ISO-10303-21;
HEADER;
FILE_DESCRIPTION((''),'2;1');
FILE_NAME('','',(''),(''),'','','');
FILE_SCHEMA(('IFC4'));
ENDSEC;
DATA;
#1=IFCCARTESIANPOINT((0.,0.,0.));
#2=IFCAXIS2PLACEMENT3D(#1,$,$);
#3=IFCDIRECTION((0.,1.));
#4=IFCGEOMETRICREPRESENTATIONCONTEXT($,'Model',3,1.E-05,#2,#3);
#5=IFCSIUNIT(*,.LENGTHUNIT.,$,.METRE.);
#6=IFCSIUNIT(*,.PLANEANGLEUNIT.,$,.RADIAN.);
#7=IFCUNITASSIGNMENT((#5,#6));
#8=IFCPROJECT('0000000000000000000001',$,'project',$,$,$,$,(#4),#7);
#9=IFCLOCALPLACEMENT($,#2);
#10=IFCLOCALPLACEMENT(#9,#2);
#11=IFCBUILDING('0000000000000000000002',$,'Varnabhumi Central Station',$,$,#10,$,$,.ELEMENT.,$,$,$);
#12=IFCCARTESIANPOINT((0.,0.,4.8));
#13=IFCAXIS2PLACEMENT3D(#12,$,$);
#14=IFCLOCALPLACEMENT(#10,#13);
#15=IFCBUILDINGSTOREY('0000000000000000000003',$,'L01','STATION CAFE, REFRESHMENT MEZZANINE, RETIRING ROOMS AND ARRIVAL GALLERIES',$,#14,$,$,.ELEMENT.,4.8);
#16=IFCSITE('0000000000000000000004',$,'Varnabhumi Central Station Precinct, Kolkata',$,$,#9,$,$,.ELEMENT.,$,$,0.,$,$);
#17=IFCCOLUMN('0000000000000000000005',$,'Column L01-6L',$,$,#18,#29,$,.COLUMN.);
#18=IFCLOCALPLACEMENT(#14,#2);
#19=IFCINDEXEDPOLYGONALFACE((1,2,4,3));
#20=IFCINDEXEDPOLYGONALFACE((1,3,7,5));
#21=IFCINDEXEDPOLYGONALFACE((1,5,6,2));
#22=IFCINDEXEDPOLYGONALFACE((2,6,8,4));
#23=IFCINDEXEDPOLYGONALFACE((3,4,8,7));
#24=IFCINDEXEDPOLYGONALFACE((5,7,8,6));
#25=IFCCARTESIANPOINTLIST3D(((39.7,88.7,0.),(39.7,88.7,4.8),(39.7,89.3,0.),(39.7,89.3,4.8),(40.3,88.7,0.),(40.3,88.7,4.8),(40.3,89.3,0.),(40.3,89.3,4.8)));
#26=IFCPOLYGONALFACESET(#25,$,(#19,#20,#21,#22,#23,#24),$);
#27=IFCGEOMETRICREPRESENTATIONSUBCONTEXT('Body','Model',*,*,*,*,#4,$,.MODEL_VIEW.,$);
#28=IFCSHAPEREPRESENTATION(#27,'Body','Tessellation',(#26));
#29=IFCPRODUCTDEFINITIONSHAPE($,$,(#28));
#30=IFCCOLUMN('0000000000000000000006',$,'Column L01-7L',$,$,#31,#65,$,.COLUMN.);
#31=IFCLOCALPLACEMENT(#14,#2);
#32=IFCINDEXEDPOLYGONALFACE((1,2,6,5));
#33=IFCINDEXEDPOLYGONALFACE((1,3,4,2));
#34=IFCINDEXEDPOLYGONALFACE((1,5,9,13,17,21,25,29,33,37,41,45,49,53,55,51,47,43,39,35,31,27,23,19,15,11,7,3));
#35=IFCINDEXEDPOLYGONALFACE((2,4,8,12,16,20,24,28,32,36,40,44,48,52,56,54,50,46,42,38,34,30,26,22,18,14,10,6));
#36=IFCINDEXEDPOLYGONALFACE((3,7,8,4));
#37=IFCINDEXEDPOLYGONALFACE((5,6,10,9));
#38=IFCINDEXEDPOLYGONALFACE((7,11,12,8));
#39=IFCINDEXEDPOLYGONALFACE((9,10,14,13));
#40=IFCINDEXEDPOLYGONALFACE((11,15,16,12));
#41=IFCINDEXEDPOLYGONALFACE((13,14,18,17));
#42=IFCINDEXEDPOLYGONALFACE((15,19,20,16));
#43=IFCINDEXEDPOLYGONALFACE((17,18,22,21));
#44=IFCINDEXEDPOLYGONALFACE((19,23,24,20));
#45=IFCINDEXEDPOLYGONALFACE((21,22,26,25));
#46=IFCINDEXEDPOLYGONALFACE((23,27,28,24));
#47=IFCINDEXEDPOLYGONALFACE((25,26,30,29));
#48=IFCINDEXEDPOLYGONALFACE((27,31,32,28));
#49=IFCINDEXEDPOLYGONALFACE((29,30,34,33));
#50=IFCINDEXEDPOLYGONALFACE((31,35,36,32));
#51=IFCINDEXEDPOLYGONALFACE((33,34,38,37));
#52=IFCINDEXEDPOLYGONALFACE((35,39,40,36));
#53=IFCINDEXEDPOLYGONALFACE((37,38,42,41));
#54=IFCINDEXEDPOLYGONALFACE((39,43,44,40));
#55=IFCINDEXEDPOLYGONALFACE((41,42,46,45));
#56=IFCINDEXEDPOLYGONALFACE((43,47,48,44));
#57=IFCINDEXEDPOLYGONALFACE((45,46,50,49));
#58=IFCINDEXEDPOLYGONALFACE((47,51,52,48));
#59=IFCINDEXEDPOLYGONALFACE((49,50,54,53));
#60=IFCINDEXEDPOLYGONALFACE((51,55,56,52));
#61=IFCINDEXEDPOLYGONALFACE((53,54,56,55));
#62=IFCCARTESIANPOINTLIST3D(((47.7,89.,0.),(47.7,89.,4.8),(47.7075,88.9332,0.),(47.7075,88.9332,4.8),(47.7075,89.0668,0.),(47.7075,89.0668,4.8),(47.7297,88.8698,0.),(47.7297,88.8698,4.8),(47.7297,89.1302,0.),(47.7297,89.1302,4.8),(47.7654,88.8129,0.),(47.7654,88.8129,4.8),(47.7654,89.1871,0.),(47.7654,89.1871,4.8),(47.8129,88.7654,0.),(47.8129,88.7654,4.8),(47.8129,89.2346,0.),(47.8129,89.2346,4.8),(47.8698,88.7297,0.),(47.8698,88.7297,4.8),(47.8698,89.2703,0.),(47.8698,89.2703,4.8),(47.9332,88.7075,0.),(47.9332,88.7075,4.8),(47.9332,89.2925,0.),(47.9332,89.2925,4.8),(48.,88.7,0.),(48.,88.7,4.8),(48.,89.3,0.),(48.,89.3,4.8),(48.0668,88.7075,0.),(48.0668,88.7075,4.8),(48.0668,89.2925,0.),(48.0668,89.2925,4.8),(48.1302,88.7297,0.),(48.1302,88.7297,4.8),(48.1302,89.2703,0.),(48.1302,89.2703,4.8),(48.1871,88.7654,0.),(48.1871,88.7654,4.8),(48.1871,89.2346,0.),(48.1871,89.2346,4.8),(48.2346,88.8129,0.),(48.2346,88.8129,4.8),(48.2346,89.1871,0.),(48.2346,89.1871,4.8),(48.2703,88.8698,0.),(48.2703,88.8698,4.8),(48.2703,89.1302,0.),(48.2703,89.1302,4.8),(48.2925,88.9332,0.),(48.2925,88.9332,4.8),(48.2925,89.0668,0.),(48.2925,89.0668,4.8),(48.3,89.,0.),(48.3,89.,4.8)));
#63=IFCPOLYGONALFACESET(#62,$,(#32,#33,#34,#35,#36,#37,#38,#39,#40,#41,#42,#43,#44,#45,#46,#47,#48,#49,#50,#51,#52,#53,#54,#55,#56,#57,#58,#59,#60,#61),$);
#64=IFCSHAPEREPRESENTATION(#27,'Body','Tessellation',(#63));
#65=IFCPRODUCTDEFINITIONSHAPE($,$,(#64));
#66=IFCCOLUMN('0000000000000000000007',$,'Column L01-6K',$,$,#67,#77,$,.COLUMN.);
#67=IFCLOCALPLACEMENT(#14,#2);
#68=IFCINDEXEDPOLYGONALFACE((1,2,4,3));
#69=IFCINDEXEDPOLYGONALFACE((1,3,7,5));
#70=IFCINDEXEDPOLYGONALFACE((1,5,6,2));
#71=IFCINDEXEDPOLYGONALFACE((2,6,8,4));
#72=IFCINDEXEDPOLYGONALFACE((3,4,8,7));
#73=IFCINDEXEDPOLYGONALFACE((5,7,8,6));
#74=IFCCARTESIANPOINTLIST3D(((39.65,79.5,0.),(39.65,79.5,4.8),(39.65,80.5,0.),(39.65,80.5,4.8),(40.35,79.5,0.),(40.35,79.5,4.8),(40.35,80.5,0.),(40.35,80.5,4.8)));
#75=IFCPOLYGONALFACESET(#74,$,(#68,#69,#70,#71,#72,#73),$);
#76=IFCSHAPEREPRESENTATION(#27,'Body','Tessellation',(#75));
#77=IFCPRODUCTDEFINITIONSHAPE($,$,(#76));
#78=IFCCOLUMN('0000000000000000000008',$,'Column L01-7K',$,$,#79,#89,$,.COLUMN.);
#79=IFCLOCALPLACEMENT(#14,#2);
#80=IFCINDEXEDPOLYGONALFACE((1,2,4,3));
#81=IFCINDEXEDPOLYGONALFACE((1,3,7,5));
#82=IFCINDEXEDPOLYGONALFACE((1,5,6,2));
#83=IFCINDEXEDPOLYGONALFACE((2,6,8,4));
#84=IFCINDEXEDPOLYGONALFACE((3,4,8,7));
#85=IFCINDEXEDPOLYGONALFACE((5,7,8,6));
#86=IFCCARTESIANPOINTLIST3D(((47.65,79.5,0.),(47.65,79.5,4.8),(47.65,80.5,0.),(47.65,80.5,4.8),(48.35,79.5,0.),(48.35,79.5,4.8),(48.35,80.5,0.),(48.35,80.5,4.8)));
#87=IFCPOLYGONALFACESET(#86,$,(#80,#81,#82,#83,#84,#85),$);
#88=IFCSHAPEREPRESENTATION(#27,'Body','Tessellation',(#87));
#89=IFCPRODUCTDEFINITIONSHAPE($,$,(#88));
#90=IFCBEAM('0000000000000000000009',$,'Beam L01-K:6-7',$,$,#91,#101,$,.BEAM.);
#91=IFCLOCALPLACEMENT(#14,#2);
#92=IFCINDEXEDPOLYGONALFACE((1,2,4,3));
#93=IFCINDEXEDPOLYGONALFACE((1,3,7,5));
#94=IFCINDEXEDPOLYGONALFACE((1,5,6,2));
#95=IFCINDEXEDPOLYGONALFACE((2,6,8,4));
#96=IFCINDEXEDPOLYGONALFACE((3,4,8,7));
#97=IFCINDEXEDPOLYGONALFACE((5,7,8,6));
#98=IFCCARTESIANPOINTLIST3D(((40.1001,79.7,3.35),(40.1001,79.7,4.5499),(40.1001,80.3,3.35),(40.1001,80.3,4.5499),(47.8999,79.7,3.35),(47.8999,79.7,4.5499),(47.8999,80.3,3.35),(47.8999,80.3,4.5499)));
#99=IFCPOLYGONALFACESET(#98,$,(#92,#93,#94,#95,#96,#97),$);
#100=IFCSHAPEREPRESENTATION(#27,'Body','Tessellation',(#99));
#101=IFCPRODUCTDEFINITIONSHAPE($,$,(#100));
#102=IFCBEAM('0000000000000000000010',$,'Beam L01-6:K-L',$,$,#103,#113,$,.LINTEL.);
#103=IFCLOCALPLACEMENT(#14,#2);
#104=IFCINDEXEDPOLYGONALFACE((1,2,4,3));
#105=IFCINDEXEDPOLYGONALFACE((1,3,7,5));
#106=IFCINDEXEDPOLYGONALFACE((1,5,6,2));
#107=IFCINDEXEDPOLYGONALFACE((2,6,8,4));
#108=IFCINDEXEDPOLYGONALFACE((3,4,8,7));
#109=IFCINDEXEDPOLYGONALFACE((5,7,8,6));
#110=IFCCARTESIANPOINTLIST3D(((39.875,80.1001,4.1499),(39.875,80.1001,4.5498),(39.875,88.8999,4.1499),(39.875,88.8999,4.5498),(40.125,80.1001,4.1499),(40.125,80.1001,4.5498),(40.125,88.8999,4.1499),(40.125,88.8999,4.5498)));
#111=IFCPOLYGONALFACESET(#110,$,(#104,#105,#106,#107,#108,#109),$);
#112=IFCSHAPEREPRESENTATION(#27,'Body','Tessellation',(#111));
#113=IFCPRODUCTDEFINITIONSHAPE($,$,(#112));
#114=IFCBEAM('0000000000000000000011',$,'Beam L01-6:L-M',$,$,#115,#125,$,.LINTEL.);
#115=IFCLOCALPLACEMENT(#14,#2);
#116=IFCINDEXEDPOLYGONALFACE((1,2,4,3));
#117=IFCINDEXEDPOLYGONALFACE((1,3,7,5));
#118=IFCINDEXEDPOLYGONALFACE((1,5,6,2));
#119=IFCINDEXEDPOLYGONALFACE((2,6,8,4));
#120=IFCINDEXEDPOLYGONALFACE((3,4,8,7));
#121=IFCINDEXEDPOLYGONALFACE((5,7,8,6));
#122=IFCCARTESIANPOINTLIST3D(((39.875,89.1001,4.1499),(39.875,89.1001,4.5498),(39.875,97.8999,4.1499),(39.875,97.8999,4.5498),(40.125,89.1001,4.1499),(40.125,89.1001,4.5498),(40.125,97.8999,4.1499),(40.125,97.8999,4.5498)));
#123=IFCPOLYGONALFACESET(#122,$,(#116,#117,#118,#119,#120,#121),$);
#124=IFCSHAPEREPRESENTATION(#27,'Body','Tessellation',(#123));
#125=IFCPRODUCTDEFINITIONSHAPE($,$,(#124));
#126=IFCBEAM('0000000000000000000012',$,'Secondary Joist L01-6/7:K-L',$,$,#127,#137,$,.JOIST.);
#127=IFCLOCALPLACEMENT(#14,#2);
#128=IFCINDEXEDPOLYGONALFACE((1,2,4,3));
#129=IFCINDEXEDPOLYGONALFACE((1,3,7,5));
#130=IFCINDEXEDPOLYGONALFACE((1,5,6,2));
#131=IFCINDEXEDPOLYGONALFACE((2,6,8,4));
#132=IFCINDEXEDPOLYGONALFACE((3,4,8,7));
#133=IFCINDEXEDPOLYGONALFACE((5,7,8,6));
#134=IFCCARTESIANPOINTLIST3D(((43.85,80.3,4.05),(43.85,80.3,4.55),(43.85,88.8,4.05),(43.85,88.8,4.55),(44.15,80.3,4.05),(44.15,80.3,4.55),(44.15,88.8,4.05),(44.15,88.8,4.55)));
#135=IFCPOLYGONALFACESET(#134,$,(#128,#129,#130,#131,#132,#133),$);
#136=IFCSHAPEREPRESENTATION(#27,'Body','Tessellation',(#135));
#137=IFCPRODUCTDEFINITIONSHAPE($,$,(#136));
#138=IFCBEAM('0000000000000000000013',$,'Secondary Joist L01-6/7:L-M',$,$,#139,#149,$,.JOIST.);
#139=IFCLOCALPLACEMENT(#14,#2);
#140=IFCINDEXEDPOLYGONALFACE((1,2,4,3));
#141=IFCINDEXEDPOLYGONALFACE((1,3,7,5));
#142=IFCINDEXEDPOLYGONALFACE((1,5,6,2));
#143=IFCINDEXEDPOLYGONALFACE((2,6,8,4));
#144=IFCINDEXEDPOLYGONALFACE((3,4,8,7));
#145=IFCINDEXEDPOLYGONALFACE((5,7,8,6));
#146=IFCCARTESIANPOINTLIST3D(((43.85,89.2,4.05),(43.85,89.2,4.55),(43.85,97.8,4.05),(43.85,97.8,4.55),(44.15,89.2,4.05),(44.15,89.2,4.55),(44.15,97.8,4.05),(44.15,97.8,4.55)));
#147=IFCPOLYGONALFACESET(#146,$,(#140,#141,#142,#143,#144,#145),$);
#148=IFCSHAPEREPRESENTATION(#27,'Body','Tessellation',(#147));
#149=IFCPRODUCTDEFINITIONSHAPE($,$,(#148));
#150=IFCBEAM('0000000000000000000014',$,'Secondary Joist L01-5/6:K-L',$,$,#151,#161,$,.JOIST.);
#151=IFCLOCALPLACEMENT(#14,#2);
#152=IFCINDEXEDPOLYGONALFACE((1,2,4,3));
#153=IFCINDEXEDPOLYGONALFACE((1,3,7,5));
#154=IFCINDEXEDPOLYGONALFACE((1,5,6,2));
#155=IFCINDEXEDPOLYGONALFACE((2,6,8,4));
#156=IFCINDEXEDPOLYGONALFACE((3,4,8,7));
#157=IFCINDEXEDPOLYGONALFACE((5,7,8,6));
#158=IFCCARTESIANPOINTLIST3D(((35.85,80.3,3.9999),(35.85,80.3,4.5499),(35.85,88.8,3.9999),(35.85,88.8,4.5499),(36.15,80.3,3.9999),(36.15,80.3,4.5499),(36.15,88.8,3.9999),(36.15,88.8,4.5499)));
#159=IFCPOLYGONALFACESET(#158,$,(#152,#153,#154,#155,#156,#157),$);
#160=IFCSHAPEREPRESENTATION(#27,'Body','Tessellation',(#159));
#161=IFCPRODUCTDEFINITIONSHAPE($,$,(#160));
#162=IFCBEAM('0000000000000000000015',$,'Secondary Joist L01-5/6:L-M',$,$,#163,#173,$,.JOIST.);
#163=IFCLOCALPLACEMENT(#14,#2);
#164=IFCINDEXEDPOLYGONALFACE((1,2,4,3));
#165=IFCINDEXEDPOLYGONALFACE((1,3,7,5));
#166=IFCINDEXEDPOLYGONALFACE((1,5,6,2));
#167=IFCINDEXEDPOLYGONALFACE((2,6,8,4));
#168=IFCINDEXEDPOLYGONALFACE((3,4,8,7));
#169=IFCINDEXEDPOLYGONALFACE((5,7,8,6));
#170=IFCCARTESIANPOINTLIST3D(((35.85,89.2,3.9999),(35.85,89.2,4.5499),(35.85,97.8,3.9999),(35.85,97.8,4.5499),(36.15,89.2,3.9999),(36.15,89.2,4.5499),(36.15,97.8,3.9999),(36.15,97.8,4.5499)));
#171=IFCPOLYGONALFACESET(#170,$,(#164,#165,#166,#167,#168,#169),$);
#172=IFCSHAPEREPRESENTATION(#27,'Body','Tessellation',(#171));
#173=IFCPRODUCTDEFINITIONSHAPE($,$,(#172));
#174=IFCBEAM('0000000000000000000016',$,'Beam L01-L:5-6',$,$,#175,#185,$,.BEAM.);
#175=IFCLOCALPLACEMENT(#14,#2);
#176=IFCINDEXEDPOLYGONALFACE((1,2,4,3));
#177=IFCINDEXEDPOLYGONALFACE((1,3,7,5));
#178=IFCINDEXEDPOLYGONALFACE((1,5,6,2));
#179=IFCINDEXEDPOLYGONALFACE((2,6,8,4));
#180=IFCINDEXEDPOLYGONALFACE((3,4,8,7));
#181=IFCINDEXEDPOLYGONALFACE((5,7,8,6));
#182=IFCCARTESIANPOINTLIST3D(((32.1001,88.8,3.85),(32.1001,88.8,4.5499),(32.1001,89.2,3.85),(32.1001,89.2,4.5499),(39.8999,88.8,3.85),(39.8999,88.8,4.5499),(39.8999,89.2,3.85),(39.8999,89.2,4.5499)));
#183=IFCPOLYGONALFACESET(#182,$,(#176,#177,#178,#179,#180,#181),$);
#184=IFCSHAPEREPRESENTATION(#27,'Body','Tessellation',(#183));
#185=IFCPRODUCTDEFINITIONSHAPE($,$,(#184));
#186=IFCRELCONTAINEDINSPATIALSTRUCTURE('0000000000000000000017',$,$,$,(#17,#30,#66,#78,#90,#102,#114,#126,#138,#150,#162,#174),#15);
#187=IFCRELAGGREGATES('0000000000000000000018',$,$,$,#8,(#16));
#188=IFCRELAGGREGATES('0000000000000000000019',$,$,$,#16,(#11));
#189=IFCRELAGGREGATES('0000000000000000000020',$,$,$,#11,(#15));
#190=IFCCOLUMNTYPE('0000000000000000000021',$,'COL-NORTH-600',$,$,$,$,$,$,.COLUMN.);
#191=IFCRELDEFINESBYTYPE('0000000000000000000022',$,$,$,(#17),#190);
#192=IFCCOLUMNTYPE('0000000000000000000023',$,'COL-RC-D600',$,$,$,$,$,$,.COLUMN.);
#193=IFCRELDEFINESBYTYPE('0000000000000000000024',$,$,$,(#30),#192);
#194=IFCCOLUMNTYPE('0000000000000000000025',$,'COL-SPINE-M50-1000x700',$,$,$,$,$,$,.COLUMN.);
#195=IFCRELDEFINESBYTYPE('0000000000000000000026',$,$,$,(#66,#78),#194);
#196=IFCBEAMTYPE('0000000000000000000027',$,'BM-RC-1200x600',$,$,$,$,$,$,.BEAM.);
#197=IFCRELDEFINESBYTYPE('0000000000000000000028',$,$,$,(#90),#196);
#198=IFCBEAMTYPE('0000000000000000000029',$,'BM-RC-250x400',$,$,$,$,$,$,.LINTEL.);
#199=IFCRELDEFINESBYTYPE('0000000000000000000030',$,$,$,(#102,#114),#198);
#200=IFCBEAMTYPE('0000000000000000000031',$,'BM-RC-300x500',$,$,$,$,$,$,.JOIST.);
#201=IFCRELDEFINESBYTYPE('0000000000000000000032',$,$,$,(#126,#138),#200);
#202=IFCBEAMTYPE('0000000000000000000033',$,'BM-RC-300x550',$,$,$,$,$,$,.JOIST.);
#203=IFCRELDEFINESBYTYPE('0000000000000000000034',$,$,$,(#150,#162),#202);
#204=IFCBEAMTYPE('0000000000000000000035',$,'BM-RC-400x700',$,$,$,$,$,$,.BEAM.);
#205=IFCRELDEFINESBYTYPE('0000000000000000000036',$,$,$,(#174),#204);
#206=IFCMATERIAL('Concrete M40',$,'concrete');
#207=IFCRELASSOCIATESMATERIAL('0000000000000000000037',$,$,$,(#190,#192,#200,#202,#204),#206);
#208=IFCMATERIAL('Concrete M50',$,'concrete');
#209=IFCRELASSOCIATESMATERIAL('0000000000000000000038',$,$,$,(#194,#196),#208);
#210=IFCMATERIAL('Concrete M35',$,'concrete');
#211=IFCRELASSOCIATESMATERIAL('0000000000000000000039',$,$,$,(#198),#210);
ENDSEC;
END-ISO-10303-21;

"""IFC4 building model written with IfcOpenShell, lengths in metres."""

from ifc_helpers import new_model, si_unit, direction, frame, origin, origin_2d, place, context, subcontext, project, spatial, rectangle, circle, extrude, material, material_profile, profile_set, type_object, element, save


model = new_model("IFC4")

# Units and contexts
model_context = context("Model", 3, precision=1e-05, world=origin(), true_north=direction((0.0, 1.0)))
body_context = subcontext(model_context, "Body", "Model", "MODEL_VIEW")
ifc_project = project(units=[si_unit("LENGTHUNIT", "METRE"), si_unit("PLANEANGLEUNIT", "RADIAN")], contexts=[model_context])

# Site, building, storey
site_placement = place(None, origin())
site = spatial("IfcSite", under=ifc_project, at=site_placement, Name="Varnabhumi Central Station Precinct, Kolkata", CompositionType="ELEMENT", RefElevation=0.0)
building_placement = place(site_placement, origin())
building = spatial("IfcBuilding", under=site, at=building_placement, Name="Varnabhumi Central Station", CompositionType="ELEMENT")
storey_placement = place(building_placement, frame((0.0, 0.0, 4.8)))
storey = spatial("IfcBuildingStorey", under=building, at=storey_placement, Name="L01", Description="STATION CAFE, REFRESHMENT MEZZANINE, RETIRING ROOMS AND ARRIVAL GALLERIES", CompositionType="ELEMENT", Elevation=4.8)

# Columns
ifc_material_1 = material(Name="Concrete M40", Category="concrete")
ifc_material_profile_1 = material_profile(ifc_material_1, rectangle(XDim=0.6001, YDim=0.6001, at=origin_2d()), Name="Concrete M40", Category="concrete")
ifc_profile_set_1 = profile_set([ifc_material_profile_1], Name="Concrete M40")
column_type_1 = type_object("IfcColumnType", Name="COL-NORTH-600", PredefinedType="COLUMN", material=ifc_profile_set_1)
column_1_placement = place(storey_placement, frame((40.0, 89.0, 0.0), z_axis=(0.0, 0.0, 1.0), x_axis=(1.0, 0.0, 0.0)))
element("IfcColumn", 1, at=column_1_placement, inside=storey, type_object=column_type_1, Name="Column L01-6L", PredefinedType="COLUMN", context=body_context, shape_type="SweptSolid", body=[
    extrude(rectangle(XDim=0.6001, YDim=0.6001, at=origin_2d()), origin(), (0.0, 0.0, 1.0), 4.8),
])
ifc_material_profile_2 = material_profile(ifc_material_1, circle(Radius=0.3, at=origin_2d()), Name="Concrete M40", Category="concrete")
ifc_profile_set_2 = profile_set([ifc_material_profile_2], Name="Concrete M40")
column_type_2 = type_object("IfcColumnType", Name="COL-RC-D600", PredefinedType="COLUMN", material=ifc_profile_set_2)
column_2_placement = place(storey_placement, frame((48.0, 89.0, 0.0), z_axis=(0.0, 0.0, 1.0), x_axis=(1.0, 0.0, 0.0)))
element("IfcColumn", 2, at=column_2_placement, inside=storey, type_object=column_type_2, Name="Column L01-7L", PredefinedType="COLUMN", context=body_context, shape_type="SweptSolid", body=[
    extrude(circle(Radius=0.3, at=origin_2d()), origin(), (0.0, 0.0, 1.0), 4.8),
])
ifc_material_2 = material(Name="Concrete M50", Category="concrete")
ifc_material_profile_3 = material_profile(ifc_material_2, rectangle(XDim=0.7, YDim=1.0, at=origin_2d()), Name="Concrete M50", Category="concrete")
ifc_profile_set_3 = profile_set([ifc_material_profile_3], Name="Concrete M50")
column_type_3 = type_object("IfcColumnType", Name="COL-SPINE-M50-1000x700", PredefinedType="COLUMN", material=ifc_profile_set_3)
for number, where, z_axis, x_axis, name in (
    (3, (40.0, 80.0, 0.0), (0.0, 0.0, 1.0), (1.0, 0.0, 0.0), "Column L01-6K"),
    (4, (48.0, 80.0, 0.0), (0.0, 0.0, 1.0), (1.0, 0.0, 0.0), "Column L01-7K"),
):
    element("IfcColumn", number, at=place(storey_placement, frame(where, z_axis=z_axis, x_axis=x_axis)), inside=storey, type_object=column_type_3, Name=name, PredefinedType="COLUMN", context=body_context, shape_type="SweptSolid", body=[
        extrude(rectangle(XDim=0.7, YDim=1.0, at=origin_2d()), origin(), (0.0, 0.0, 1.0), 4.8),
    ])

# Beams
ifc_material_profile_4 = material_profile(ifc_material_2, rectangle(XDim=0.6001, YDim=1.2, at=origin_2d()), Name="Concrete M50", Category="concrete")
ifc_profile_set_4 = profile_set([ifc_material_profile_4], Name="Concrete M50")
beam_type_1 = type_object("IfcBeamType", Name="BM-RC-1200x600", PredefinedType="BEAM", material=ifc_profile_set_4)
beam_1_placement = place(storey_placement, frame((40.1001, 80.0, 3.95), z_axis=(1.0, 0.0, 0.0), x_axis=(0.0, 1.0, 0.0)))
element("IfcBeam", 5, at=beam_1_placement, inside=storey, type_object=beam_type_1, Name="Beam L01-K:6-7", PredefinedType="BEAM", context=body_context, shape_type="SweptSolid", body=[
    extrude(rectangle(XDim=0.6001, YDim=1.2, at=origin_2d()), origin(), (0.0, 0.0, 1.0), 7.7998),
])
ifc_material_3 = material(Name="Concrete M35", Category="concrete")
ifc_material_profile_5 = material_profile(ifc_material_3, rectangle(XDim=0.25, YDim=0.3999, at=origin_2d()), Name="Concrete M35", Category="concrete")
ifc_profile_set_5 = profile_set([ifc_material_profile_5], Name="Concrete M35")
beam_type_2 = type_object("IfcBeamType", Name="BM-RC-250x400", PredefinedType="LINTEL", material=ifc_profile_set_5)
for number, where, z_axis, x_axis, name in (
    (6, (40.0, 80.1001, 4.3499), (0.0, 1.0, 0.0), (-1.0, 0.0, 0.0), "Beam L01-6:K-L"),
    (7, (40.0, 89.1001, 4.3499), (0.0, 1.0, 0.0), (-1.0, 0.0, 0.0), "Beam L01-6:L-M"),
):
    element("IfcBeam", number, at=place(storey_placement, frame(where, z_axis=z_axis, x_axis=x_axis)), inside=storey, type_object=beam_type_2, Name=name, PredefinedType="LINTEL", context=body_context, shape_type="SweptSolid", body=[
        extrude(rectangle(XDim=0.25, YDim=0.3999, at=origin_2d()), origin(), (0.0, 0.0, 1.0), 8.7998),
    ])
ifc_material_profile_6 = material_profile(ifc_material_1, rectangle(XDim=0.3, YDim=0.5, at=origin_2d()), Name="Concrete M40", Category="concrete")
ifc_profile_set_6 = profile_set([ifc_material_profile_6], Name="Concrete M40")
beam_type_3 = type_object("IfcBeamType", Name="BM-RC-300x500", PredefinedType="JOIST", material=ifc_profile_set_6)
beam_2_placement = place(storey_placement, frame((44.0, 80.3, 4.3), z_axis=(0.0, 1.0, 0.0), x_axis=(-1.0, 0.0, 0.0)))
element("IfcBeam", 8, at=beam_2_placement, inside=storey, type_object=beam_type_3, Name="Secondary Joist L01-6/7:K-L", PredefinedType="JOIST", context=body_context, shape_type="SweptSolid", body=[
    extrude(rectangle(XDim=0.3, YDim=0.5, at=origin_2d()), origin(), (0.0, 0.0, 1.0), 8.5),
])
beam_3_placement = place(storey_placement, frame((44.0, 89.2, 4.3), z_axis=(0.0, 1.0, 0.0), x_axis=(-1.0, 0.0, 0.0)))
element("IfcBeam", 9, at=beam_3_placement, inside=storey, type_object=beam_type_3, Name="Secondary Joist L01-6/7:L-M", PredefinedType="JOIST", context=body_context, shape_type="SweptSolid", body=[
    extrude(rectangle(XDim=0.3, YDim=0.5, at=origin_2d()), origin(), (0.0, 0.0, 1.0), 8.6001),
])
ifc_material_profile_7 = material_profile(ifc_material_1, rectangle(XDim=0.3, YDim=0.55, at=origin_2d()), Name="Concrete M40", Category="concrete")
ifc_profile_set_7 = profile_set([ifc_material_profile_7], Name="Concrete M40")
beam_type_4 = type_object("IfcBeamType", Name="BM-RC-300x550", PredefinedType="JOIST", material=ifc_profile_set_7)
beam_4_placement = place(storey_placement, frame((36.0, 80.3, 4.2749), z_axis=(0.0, 1.0, 0.0), x_axis=(-1.0, 0.0, 0.0)))
element("IfcBeam", 10, at=beam_4_placement, inside=storey, type_object=beam_type_4, Name="Secondary Joist L01-5/6:K-L", PredefinedType="JOIST", context=body_context, shape_type="SweptSolid", body=[
    extrude(rectangle(XDim=0.3, YDim=0.55, at=origin_2d()), origin(), (0.0, 0.0, 1.0), 8.5),
])
beam_5_placement = place(storey_placement, frame((36.0, 89.2, 4.2749), z_axis=(0.0, 1.0, 0.0), x_axis=(-1.0, 0.0, 0.0)))
element("IfcBeam", 11, at=beam_5_placement, inside=storey, type_object=beam_type_4, Name="Secondary Joist L01-5/6:L-M", PredefinedType="JOIST", context=body_context, shape_type="SweptSolid", body=[
    extrude(rectangle(XDim=0.3, YDim=0.55, at=origin_2d()), origin(), (0.0, 0.0, 1.0), 8.6001),
])
ifc_material_profile_8 = material_profile(ifc_material_1, rectangle(XDim=0.3999, YDim=0.7, at=origin_2d()), Name="Concrete M40", Category="concrete")
ifc_profile_set_8 = profile_set([ifc_material_profile_8], Name="Concrete M40")
beam_type_5 = type_object("IfcBeamType", Name="BM-RC-400x700", PredefinedType="BEAM", material=ifc_profile_set_8)
for number, where, z_axis, x_axis, name in (
    (12, (32.1001, 89.0, 4.2), (1.0, 0.0, 0.0), (0.0, 1.0, 0.0), "Beam L01-L:5-6"),
):
    element("IfcBeam", number, at=place(storey_placement, frame(where, z_axis=z_axis, x_axis=x_axis)), inside=storey, type_object=beam_type_5, Name=name, PredefinedType="BEAM", context=body_context, shape_type="SweptSolid", body=[
        extrude(rectangle(XDim=0.3999, YDim=0.7, at=origin_2d()), origin(), (0.0, 0.0, 1.0), 7.7998),
    ])

save(model, "model.ifc")
